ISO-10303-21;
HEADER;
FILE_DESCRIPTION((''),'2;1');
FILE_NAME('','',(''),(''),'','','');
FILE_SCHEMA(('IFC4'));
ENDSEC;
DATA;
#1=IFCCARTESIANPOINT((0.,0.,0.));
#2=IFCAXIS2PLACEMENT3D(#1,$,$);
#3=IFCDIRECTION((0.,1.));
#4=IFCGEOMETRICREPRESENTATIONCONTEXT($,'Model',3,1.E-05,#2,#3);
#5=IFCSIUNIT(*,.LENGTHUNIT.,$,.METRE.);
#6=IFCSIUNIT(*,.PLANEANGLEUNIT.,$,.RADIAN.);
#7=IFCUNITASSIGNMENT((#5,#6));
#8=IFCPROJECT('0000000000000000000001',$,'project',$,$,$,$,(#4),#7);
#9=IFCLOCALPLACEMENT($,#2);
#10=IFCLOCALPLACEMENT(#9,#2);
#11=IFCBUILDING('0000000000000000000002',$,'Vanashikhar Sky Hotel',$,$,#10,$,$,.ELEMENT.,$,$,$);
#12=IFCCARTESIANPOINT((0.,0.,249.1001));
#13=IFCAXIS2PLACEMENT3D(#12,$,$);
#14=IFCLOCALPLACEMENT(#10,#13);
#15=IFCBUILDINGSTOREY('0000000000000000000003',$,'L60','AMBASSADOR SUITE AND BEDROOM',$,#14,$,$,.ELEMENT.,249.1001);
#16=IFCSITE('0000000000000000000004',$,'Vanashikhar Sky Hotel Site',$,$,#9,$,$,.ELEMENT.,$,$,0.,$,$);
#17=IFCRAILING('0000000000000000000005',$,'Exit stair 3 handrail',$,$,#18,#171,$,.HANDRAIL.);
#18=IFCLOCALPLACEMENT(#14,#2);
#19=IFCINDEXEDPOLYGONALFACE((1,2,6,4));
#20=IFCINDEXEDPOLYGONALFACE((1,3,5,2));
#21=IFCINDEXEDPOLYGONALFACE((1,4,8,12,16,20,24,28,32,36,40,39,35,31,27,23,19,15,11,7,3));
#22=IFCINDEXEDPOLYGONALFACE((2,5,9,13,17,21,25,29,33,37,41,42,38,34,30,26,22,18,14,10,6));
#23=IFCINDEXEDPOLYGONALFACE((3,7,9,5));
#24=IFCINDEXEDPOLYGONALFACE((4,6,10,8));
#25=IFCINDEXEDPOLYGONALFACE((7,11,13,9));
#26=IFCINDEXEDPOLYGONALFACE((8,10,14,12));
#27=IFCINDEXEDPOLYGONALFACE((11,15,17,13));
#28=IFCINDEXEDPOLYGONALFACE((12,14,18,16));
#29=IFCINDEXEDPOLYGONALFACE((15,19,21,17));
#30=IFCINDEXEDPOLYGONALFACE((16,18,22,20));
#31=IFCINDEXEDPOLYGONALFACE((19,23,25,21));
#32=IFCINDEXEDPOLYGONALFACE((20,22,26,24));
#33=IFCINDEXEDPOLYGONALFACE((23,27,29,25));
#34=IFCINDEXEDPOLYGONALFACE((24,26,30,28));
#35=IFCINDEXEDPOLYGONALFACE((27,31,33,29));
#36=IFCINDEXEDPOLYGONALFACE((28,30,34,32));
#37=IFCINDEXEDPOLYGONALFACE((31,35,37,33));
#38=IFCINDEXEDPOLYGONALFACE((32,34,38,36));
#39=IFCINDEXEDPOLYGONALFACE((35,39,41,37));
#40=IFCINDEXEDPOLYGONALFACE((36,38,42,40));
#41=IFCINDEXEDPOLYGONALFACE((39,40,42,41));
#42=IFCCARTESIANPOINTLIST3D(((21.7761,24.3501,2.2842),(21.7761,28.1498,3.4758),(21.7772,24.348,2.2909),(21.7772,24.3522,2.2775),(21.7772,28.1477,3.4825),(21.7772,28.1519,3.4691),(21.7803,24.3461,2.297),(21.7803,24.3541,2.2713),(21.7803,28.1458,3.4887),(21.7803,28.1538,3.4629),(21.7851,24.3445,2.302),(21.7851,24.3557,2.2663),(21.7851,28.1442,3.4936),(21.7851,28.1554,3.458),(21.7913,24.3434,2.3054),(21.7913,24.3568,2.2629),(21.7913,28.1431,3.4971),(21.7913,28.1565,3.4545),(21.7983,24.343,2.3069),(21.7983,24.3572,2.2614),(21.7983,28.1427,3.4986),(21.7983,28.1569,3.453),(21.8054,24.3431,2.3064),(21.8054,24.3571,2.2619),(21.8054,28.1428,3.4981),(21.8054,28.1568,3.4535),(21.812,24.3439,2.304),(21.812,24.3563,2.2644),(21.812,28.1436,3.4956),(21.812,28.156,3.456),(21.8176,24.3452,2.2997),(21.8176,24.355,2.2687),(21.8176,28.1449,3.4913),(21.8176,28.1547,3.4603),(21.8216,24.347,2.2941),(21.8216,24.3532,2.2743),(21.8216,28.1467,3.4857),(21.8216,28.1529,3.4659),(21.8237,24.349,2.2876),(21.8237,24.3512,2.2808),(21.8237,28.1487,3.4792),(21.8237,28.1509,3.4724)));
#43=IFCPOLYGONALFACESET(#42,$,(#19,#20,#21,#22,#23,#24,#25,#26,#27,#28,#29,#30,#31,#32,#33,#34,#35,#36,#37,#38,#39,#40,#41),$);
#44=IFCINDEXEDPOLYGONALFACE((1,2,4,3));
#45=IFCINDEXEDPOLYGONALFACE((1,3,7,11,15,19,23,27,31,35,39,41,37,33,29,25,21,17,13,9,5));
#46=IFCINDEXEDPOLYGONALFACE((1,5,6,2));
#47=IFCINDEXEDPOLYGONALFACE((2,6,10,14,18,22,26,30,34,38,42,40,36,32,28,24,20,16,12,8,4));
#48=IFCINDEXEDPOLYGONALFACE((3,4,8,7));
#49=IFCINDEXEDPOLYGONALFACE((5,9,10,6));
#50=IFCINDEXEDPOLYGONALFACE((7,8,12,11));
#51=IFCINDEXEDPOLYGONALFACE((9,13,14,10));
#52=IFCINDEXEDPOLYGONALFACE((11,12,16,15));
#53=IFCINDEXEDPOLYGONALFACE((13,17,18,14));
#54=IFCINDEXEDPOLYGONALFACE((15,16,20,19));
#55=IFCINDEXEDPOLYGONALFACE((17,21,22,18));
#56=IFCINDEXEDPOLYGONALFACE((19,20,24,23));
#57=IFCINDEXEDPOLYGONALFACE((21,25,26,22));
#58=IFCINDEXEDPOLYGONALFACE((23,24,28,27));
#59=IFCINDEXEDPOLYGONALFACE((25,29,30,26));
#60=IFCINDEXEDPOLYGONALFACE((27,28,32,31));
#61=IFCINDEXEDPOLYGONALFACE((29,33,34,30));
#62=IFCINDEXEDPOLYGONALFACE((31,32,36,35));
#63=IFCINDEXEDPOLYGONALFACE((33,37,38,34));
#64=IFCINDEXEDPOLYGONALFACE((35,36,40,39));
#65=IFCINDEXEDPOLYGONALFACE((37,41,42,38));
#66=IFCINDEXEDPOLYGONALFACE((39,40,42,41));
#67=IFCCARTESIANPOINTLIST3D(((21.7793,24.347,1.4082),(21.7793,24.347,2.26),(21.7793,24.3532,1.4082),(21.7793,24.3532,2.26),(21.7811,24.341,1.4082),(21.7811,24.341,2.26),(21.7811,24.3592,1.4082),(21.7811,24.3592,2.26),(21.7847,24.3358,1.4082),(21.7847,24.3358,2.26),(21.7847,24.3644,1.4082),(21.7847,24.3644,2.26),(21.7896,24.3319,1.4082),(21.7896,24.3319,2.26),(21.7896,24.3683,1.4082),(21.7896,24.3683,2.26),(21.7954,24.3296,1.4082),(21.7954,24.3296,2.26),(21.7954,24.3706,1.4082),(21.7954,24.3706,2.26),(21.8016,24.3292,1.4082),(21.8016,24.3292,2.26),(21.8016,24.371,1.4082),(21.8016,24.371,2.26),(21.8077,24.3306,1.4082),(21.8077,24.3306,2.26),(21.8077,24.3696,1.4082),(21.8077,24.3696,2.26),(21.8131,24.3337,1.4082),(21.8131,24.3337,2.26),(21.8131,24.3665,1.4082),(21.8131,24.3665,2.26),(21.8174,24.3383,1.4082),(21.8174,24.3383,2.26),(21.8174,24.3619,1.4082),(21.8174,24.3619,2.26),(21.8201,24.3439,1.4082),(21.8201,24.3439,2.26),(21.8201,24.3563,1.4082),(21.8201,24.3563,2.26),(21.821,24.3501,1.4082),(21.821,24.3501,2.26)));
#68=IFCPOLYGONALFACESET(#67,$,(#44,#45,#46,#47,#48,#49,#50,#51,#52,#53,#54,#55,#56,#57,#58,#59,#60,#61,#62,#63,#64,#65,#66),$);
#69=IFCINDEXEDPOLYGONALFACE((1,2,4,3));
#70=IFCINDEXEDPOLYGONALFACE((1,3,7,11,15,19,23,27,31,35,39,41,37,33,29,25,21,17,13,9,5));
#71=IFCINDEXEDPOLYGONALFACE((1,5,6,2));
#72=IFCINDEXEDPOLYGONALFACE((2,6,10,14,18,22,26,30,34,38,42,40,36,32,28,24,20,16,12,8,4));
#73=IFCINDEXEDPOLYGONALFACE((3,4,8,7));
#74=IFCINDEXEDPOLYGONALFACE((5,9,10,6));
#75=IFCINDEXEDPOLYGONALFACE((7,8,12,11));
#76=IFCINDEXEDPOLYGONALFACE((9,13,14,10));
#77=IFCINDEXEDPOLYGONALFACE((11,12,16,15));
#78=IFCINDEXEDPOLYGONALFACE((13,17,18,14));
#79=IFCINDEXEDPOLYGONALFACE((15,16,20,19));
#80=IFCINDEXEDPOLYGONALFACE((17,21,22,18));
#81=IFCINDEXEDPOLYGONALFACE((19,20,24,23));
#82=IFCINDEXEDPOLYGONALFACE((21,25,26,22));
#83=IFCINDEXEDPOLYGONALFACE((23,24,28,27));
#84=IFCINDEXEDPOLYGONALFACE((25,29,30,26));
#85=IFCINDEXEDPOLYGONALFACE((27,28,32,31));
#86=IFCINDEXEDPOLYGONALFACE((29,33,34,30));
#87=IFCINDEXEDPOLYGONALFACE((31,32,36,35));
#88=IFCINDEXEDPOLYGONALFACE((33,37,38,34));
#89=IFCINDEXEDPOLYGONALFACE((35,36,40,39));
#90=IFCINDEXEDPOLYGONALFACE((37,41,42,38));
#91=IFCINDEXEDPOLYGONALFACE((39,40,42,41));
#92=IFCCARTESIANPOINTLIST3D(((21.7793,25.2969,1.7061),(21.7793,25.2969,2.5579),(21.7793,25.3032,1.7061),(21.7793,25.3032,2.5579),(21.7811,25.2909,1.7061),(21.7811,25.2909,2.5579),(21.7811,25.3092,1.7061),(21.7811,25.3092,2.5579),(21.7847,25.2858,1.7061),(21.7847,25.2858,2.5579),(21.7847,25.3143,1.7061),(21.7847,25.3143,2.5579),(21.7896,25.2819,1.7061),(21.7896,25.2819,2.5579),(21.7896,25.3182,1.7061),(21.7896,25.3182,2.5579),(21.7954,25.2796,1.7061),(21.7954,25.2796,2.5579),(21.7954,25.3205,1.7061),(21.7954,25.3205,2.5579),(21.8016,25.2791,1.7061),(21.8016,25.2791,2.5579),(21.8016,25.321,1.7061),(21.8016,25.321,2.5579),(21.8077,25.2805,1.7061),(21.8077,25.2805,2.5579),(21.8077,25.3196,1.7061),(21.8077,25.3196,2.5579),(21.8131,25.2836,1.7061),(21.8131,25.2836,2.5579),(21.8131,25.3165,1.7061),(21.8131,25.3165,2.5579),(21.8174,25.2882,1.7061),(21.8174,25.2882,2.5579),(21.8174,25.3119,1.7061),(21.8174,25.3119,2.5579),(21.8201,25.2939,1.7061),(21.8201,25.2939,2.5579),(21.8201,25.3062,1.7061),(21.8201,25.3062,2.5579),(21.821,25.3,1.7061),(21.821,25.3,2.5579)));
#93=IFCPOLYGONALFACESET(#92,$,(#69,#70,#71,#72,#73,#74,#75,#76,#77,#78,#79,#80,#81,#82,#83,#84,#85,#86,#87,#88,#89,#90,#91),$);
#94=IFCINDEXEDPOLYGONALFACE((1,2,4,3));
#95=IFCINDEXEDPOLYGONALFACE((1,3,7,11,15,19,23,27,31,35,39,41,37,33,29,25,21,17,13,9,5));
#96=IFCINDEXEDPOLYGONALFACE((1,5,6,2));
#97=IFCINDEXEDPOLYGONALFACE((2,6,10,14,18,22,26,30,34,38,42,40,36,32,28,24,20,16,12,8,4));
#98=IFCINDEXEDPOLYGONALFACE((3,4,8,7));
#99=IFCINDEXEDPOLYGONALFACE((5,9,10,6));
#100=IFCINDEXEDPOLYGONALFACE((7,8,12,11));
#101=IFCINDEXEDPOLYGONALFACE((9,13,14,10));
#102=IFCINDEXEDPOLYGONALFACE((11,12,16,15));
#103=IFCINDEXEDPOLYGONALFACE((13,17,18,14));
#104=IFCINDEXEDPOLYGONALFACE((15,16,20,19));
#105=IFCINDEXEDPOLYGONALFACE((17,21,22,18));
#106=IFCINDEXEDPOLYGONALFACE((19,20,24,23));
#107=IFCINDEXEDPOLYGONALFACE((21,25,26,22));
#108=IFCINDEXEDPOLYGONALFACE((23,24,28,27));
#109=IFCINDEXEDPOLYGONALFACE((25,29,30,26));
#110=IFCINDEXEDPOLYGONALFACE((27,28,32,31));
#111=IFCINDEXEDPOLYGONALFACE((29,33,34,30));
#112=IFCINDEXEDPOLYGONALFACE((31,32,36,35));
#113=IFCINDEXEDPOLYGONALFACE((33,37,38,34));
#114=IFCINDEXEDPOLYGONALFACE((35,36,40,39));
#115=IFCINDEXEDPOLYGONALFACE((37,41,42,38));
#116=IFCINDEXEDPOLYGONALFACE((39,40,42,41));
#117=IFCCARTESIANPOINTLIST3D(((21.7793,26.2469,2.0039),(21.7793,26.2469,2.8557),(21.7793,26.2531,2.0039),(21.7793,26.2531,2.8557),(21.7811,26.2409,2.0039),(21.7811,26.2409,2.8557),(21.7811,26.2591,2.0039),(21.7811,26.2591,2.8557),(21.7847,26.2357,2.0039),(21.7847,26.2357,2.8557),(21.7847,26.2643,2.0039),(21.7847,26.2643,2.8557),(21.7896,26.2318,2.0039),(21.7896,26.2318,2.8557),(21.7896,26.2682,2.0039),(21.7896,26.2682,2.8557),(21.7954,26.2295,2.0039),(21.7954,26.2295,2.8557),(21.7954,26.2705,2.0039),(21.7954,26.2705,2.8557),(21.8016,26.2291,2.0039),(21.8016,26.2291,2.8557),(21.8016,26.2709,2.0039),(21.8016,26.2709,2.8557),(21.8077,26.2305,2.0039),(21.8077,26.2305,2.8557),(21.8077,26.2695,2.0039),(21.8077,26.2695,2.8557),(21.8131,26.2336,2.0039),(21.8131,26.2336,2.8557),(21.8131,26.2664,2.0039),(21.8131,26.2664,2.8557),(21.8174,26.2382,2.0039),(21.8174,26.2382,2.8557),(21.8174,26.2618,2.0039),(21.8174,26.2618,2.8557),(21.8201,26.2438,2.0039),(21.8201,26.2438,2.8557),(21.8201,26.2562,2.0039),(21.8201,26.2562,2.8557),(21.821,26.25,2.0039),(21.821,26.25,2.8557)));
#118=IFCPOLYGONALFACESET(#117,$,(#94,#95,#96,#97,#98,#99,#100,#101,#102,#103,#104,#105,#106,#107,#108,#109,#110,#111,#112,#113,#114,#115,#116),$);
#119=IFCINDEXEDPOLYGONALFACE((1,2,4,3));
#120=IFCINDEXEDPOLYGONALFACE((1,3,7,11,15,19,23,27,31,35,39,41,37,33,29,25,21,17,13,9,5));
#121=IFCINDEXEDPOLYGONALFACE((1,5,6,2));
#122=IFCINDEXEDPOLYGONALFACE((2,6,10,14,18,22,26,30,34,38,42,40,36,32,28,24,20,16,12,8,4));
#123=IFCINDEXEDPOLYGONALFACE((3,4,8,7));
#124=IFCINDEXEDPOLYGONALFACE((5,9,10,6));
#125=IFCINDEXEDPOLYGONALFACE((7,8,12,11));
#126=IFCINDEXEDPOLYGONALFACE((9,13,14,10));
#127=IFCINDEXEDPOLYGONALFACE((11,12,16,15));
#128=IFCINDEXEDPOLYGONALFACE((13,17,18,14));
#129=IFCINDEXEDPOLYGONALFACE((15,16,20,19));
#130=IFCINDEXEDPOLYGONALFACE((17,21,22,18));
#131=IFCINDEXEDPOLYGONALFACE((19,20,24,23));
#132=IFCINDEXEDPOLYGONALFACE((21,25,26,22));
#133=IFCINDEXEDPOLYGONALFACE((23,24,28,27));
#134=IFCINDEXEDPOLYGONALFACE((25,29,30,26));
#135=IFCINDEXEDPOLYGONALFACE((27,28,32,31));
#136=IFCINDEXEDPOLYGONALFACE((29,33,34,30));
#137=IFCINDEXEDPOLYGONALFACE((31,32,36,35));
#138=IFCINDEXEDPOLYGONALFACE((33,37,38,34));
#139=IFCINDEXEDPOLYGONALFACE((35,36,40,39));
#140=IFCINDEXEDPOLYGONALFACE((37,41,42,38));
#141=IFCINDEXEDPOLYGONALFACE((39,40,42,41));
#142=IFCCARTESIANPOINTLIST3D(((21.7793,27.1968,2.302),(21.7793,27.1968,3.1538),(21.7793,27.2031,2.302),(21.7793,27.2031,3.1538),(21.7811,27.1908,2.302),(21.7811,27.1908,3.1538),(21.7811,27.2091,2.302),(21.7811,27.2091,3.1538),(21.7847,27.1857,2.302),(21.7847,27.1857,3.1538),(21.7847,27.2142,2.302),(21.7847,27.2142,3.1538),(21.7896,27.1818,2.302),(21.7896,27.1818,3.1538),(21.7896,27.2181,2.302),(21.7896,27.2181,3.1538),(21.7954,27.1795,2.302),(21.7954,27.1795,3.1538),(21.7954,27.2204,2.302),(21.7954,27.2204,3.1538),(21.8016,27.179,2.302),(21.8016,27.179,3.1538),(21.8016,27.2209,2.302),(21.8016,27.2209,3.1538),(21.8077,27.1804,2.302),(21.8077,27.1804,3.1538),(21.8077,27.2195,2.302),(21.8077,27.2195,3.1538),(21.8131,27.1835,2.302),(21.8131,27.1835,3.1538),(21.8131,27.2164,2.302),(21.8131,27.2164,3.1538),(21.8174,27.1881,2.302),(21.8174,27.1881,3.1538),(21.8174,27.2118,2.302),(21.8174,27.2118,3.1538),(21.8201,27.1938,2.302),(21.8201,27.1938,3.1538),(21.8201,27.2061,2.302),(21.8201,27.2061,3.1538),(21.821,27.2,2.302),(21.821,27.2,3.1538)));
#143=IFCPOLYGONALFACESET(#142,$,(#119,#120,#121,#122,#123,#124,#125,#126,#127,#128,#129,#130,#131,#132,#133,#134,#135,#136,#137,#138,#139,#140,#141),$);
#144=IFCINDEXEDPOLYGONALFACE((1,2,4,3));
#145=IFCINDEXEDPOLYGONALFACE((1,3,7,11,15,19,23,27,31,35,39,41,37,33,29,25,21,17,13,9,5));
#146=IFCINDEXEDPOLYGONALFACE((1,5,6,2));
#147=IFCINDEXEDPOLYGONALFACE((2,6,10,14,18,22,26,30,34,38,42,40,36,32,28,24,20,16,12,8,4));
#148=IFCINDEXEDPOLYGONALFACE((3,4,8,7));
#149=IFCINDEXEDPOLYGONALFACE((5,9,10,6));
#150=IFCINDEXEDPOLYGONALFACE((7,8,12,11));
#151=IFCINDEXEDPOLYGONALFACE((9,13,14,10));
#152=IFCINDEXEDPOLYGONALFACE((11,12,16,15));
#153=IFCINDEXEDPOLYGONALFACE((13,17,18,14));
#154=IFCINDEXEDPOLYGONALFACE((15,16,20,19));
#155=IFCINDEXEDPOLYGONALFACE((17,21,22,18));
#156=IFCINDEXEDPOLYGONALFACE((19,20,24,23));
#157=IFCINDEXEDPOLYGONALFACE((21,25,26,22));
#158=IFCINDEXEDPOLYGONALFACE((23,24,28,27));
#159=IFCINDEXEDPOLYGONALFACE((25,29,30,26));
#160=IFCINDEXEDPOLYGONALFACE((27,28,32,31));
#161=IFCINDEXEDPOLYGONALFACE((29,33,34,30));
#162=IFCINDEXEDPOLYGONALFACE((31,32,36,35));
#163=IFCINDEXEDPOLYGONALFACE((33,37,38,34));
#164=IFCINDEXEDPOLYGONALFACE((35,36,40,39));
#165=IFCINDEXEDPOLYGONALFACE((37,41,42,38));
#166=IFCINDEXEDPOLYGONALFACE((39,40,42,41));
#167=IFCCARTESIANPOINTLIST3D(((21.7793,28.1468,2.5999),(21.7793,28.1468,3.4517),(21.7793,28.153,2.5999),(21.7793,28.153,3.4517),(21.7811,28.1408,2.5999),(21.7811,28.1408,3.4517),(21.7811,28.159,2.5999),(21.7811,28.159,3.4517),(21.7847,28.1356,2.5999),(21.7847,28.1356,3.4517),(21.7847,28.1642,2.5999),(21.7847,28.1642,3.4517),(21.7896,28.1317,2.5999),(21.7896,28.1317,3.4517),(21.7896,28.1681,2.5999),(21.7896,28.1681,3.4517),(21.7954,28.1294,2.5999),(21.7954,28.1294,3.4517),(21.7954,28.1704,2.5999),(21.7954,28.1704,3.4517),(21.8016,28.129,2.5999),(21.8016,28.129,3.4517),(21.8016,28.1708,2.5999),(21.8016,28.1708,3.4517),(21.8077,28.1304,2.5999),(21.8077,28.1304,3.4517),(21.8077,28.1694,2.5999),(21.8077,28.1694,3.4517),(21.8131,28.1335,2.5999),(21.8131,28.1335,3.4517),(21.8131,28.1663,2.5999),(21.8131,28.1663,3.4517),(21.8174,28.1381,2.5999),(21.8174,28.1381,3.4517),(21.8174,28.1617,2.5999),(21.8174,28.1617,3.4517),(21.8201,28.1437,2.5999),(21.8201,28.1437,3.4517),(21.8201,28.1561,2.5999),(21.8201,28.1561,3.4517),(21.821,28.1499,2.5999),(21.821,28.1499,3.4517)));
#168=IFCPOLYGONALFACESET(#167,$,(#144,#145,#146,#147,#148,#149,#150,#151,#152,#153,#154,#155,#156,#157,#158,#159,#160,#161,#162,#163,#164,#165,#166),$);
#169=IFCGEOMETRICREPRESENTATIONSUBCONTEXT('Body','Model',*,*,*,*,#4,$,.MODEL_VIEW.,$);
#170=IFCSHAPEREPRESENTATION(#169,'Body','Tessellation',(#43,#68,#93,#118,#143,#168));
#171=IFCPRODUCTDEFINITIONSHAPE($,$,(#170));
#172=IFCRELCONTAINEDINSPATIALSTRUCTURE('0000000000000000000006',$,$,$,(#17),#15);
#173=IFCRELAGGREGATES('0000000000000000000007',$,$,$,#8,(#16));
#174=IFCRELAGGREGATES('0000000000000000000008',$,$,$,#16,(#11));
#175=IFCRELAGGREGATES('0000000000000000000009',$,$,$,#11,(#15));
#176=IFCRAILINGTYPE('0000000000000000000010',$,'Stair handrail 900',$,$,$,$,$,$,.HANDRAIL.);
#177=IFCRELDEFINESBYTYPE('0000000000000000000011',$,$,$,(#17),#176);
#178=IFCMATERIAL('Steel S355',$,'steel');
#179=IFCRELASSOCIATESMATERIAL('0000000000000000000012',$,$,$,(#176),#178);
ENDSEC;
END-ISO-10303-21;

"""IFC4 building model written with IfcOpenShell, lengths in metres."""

from ifc_helpers import new_model, si_unit, direction, frame, origin, origin_2d, place, context, subcontext, project, spatial, circle, extrude, source, transform, mapped, material, type_object, element, save


model = new_model("IFC4")

# Units and contexts
model_context = context("Model", 3, precision=1e-05, world=origin(), true_north=direction((0.0, 1.0)))
body_context = subcontext(model_context, "Body", "Model", "MODEL_VIEW")
ifc_project = project(units=[si_unit("LENGTHUNIT", "METRE"), si_unit("PLANEANGLEUNIT", "RADIAN")], contexts=[model_context])

# Site, building, storey
site_placement = place(None, origin())
site = spatial("IfcSite", under=ifc_project, at=site_placement, Name="Vanashikhar Sky Hotel Site", CompositionType="ELEMENT", RefElevation=0.0)
building_placement = place(site_placement, origin())
building = spatial("IfcBuilding", under=site, at=building_placement, Name="Vanashikhar Sky Hotel", CompositionType="ELEMENT")
storey_placement = place(building_placement, frame((0.0, 0.0, 249.1001)))
storey = spatial("IfcBuildingStorey", under=building, at=storey_placement, Name="L60", Description="AMBASSADOR SUITE AND BEDROOM", CompositionType="ELEMENT", Elevation=249.1001)

# Railing
ifc_material_1 = material(Name="Steel S355", Category="steel")
railing_type = type_object("IfcRailingType", Name="Stair handrail 900", PredefinedType="HANDRAIL", material=ifc_material_1)
shared_shape_1 = source(origin(), body_context, "Body", "SweptSolid", [
    extrude(circle(Radius=0.0239, at=origin_2d()), frame((0.0, 0.0, 0.876), z_axis=(0.0, 0.954178, 0.299238), x_axis=(-1.0, 0.0, 0.0)), (0.0, 0.0, 1.0), 3.9822),
    extrude(circle(Radius=0.021, at=origin_2d()), origin(), (0.0, 0.0, 1.0), 0.8518),
    extrude(circle(Radius=0.021, at=origin_2d()), frame((0.0, 0.95, 0.2979)), (0.0, 0.0, 1.0), 0.8518),
    extrude(circle(Radius=0.021, at=origin_2d()), frame((0.0, 1.8999, 0.5957)), (0.0, 0.0, 1.0), 0.8518),
    extrude(circle(Radius=0.021, at=origin_2d()), frame((0.0, 2.8499, 0.8938)), (0.0, 0.0, 1.0), 0.8518),
    extrude(circle(Radius=0.021, at=origin_2d()), frame((0.0, 3.7998, 1.1917)), (0.0, 0.0, 1.0), 0.8518),
])
railing_placement = place(storey_placement, frame((21.8, 24.3501, 1.4082)))
element("IfcRailing", 1, at=railing_placement, inside=storey, type_object=railing_type, Name="Exit stair 3 handrail", PredefinedType="HANDRAIL", context=body_context, shape_type="MappedRepresentation", body=[
    mapped(shared_shape_1, transform((0.0, 0.0, 0.0), scale=1.0)),
])

save(model, "model.ifc")
